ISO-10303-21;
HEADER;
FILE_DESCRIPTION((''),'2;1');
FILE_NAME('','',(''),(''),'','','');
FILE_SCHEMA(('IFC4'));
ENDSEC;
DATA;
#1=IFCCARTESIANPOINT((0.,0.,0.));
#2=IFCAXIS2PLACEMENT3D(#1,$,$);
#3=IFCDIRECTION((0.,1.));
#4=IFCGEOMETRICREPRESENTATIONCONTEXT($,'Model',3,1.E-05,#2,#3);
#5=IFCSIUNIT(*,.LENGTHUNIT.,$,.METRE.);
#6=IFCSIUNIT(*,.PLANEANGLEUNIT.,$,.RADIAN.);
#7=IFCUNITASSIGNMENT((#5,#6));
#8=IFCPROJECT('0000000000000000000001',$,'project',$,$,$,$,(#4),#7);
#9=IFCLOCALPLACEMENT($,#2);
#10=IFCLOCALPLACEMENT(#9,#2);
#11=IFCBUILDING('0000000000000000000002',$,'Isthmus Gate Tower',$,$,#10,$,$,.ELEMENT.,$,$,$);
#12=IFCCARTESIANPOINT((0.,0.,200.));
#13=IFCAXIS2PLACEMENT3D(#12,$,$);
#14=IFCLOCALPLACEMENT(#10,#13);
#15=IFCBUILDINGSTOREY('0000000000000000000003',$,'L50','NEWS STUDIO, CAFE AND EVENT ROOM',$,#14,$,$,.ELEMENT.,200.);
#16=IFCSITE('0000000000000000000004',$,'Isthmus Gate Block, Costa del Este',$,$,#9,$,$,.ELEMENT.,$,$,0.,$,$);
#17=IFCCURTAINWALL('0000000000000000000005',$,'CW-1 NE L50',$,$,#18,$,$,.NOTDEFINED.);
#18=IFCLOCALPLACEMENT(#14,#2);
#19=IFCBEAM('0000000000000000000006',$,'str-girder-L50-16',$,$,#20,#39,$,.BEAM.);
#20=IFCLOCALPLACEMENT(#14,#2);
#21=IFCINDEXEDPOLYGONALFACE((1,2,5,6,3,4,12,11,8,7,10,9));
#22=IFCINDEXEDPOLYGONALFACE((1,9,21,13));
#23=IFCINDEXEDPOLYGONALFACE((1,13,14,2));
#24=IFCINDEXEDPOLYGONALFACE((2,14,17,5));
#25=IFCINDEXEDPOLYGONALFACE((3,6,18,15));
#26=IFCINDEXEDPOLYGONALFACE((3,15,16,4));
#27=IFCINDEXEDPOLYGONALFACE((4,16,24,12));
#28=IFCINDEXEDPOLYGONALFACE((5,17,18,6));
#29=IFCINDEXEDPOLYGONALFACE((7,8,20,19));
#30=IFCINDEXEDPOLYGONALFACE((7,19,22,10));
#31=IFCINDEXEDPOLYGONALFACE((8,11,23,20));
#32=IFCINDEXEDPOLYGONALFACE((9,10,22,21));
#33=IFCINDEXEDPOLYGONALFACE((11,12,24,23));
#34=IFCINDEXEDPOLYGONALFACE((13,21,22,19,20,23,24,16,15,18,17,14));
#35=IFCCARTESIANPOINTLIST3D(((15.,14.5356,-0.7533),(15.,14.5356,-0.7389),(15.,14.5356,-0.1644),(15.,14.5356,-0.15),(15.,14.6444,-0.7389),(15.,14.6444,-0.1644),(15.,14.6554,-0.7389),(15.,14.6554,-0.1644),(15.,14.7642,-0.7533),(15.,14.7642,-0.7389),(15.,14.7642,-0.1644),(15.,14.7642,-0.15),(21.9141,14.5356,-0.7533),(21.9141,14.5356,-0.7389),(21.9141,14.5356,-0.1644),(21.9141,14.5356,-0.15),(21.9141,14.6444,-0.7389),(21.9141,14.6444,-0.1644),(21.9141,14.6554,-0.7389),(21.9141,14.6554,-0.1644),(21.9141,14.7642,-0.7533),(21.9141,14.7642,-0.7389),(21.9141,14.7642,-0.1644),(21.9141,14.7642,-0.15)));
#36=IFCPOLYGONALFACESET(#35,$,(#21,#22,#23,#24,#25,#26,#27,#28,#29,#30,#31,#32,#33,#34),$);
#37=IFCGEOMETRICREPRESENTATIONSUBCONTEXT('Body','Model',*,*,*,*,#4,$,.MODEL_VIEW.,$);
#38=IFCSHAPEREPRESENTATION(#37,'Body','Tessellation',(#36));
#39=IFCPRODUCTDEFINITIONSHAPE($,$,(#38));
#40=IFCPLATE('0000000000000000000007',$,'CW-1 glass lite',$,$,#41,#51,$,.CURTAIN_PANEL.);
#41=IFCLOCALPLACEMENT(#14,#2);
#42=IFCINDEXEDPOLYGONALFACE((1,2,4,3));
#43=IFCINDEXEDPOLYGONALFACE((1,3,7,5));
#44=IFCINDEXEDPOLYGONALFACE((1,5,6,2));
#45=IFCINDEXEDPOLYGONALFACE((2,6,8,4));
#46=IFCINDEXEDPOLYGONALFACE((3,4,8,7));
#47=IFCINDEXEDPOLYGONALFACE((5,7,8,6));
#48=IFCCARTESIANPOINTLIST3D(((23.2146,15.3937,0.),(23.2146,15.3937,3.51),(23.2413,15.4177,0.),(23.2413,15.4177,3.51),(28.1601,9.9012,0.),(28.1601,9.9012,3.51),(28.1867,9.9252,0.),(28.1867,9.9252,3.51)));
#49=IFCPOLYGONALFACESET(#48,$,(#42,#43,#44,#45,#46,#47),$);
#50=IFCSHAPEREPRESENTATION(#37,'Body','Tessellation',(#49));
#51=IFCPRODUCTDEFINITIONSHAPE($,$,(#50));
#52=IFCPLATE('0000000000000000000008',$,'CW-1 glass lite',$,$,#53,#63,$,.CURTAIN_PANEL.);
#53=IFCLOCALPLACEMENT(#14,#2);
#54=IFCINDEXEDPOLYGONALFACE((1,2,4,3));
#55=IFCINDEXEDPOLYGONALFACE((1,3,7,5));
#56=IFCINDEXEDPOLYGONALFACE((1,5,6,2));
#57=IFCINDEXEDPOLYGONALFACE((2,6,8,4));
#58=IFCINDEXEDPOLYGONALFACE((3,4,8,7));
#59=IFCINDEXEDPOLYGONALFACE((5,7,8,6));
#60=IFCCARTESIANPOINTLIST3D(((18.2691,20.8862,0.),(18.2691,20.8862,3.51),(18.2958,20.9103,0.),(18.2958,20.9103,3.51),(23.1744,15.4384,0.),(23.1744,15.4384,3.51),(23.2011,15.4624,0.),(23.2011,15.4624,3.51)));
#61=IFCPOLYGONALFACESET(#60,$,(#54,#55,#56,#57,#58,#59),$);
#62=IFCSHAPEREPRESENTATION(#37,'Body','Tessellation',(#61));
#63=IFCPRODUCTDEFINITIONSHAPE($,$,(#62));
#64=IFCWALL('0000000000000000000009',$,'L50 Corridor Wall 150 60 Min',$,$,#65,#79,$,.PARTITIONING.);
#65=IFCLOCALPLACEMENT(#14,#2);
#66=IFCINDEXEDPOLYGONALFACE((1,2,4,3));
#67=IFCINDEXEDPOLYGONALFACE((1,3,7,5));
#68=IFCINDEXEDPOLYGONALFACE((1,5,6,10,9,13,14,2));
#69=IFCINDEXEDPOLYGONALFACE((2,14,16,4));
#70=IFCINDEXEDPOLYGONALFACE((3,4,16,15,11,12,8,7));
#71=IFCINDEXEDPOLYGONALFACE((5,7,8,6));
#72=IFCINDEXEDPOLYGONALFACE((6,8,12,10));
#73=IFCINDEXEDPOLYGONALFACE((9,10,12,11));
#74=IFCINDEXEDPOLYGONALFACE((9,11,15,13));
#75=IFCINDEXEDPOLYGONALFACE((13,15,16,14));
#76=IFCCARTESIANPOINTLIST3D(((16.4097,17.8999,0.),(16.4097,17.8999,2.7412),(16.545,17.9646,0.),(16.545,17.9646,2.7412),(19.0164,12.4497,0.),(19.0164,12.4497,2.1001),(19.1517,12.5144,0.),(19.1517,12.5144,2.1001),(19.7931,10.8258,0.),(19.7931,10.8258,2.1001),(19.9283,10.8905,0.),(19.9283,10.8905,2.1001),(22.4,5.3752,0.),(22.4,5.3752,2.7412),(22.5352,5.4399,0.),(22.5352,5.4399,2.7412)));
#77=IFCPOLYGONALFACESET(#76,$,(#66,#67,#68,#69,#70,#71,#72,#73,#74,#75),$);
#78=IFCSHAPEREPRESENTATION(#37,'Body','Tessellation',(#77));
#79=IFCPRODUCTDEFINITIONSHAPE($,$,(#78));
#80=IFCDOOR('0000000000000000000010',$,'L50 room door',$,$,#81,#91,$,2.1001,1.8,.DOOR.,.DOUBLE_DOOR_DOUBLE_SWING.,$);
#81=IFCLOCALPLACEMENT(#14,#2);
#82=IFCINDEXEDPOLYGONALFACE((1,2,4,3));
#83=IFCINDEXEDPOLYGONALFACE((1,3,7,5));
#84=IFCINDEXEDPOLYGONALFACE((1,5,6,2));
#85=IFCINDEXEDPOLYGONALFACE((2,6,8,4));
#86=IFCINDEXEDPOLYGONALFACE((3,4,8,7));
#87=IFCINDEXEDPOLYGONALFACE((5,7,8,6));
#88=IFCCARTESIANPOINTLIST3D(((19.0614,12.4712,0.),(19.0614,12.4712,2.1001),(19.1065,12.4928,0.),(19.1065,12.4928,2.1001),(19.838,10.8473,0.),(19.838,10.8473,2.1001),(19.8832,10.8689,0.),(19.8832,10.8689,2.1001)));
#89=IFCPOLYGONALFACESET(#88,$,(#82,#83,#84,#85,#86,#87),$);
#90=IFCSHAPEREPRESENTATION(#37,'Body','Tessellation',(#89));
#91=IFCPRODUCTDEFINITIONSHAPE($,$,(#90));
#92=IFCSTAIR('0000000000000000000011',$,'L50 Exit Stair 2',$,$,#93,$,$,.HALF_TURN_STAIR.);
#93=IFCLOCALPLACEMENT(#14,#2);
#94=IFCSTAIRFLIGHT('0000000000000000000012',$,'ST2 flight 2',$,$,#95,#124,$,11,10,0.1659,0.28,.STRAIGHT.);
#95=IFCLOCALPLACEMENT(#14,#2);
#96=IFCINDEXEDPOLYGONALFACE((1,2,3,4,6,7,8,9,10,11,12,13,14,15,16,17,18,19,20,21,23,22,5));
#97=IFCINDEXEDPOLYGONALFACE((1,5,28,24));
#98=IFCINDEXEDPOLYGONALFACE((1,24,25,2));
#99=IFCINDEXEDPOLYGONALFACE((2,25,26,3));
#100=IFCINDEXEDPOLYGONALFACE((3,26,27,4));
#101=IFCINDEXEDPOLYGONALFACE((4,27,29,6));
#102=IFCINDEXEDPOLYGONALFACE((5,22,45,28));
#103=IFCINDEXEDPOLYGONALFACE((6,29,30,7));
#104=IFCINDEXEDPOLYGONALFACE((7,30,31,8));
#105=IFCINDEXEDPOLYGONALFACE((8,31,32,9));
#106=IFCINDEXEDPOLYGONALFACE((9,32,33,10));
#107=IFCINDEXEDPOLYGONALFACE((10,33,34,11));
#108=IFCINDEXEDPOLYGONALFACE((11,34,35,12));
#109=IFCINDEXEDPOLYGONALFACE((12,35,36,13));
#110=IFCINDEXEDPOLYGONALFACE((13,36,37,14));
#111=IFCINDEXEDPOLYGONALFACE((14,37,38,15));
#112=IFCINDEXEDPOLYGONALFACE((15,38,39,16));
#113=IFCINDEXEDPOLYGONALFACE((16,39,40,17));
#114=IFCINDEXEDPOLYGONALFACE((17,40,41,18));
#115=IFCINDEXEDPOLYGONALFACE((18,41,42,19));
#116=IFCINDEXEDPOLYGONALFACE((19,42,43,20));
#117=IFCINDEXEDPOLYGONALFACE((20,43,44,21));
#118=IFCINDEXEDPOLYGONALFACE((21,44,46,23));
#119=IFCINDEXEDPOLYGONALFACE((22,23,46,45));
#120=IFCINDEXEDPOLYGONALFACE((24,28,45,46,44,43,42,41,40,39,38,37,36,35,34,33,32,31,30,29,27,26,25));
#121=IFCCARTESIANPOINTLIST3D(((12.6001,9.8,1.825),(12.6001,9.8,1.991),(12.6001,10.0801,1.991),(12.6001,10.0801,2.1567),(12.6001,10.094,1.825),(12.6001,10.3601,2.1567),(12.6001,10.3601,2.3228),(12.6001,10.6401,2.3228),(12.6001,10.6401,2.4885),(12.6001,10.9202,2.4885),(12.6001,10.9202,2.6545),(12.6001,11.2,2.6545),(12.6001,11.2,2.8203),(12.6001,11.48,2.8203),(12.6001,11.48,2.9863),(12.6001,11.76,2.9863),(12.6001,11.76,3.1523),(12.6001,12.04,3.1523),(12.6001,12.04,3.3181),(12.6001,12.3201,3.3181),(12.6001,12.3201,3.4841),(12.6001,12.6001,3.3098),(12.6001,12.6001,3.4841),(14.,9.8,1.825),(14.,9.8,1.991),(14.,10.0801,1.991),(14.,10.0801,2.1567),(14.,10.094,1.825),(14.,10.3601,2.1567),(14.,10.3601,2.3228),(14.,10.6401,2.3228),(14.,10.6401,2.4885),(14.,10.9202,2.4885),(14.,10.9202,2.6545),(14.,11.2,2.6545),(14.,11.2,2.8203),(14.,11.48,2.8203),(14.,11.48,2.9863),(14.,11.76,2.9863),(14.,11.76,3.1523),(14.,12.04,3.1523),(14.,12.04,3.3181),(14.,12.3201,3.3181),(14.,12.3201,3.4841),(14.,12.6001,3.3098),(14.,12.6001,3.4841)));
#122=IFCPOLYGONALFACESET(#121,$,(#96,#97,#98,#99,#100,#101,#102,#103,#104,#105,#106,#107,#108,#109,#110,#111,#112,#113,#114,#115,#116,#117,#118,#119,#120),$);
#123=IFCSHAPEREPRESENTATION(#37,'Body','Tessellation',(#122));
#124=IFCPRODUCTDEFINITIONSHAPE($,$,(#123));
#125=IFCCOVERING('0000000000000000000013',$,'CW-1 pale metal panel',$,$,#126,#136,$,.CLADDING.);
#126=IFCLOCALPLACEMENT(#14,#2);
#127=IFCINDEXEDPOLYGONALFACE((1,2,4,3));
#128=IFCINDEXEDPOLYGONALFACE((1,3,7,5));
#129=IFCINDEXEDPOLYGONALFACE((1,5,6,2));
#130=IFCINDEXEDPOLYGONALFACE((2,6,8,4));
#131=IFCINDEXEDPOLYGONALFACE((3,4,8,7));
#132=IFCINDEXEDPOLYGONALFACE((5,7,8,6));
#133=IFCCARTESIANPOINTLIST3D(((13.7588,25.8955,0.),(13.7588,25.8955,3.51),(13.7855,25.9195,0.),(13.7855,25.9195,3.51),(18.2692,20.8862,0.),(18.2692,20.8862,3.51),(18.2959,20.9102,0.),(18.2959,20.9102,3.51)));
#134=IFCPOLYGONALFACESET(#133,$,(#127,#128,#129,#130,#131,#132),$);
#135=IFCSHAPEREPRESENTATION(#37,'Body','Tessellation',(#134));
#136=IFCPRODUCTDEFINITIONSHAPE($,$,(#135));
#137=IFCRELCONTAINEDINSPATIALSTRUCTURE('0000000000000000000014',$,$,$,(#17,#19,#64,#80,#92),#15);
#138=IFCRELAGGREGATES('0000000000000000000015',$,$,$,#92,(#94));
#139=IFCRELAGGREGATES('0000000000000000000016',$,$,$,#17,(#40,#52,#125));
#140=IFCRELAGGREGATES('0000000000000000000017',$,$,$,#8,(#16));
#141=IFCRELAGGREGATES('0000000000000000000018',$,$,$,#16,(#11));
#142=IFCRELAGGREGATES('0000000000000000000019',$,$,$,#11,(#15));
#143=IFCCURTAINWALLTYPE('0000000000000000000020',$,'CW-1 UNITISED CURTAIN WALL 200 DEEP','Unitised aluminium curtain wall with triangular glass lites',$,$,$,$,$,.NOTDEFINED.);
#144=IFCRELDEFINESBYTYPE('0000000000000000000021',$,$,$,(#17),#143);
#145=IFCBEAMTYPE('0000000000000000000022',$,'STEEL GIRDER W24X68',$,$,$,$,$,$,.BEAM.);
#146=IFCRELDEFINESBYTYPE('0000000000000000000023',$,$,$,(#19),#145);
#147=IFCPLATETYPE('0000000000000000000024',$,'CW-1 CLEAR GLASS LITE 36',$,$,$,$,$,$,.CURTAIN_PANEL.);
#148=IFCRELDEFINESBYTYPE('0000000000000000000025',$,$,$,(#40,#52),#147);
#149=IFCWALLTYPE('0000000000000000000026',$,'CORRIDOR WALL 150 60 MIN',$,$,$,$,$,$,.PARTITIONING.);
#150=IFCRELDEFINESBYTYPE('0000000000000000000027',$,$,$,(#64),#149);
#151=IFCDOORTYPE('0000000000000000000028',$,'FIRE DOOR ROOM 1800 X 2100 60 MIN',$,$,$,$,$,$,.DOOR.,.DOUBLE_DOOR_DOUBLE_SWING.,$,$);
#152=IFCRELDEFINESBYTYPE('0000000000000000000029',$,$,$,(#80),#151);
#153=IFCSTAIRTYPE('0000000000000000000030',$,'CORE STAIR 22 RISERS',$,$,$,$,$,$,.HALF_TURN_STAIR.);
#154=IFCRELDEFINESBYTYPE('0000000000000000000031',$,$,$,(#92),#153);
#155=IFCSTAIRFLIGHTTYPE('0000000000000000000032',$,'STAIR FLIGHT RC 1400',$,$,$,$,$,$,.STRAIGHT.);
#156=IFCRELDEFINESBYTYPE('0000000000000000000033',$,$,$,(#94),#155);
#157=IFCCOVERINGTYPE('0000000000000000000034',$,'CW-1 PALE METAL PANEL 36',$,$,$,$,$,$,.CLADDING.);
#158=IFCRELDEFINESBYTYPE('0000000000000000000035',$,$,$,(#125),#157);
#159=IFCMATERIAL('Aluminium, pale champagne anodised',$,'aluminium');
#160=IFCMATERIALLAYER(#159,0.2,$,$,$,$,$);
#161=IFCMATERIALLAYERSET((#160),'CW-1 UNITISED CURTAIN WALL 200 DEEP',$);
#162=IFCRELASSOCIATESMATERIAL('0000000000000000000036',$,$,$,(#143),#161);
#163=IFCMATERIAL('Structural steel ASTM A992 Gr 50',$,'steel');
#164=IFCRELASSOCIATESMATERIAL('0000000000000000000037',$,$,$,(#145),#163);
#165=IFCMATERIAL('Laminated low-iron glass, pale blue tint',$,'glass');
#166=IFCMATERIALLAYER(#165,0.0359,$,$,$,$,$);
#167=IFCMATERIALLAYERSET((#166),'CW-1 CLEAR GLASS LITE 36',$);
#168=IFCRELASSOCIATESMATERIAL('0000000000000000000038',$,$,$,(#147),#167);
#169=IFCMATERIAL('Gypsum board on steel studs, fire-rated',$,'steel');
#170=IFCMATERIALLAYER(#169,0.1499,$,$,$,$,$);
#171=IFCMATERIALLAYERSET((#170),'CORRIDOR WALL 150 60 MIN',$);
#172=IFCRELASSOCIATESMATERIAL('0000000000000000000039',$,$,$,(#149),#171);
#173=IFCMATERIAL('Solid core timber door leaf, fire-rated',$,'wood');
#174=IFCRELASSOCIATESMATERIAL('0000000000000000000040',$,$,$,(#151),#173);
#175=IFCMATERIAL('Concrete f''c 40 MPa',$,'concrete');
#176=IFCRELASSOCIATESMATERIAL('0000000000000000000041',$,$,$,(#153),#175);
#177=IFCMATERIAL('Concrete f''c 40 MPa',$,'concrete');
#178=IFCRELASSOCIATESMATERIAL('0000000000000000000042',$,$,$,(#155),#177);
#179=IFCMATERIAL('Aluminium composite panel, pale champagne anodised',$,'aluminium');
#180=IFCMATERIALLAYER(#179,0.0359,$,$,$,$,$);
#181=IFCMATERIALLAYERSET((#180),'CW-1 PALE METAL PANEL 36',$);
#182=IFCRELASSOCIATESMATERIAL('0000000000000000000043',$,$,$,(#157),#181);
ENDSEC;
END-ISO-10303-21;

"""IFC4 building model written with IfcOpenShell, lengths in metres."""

from ifc_helpers import new_model, si_unit, direction, frame, frame_2d, origin, origin_2d, place, context, subcontext, project, spatial, polyline, rectangle, i_section, outline, extrude, material, layer, layer_set, material_profile, profile_set, type_object, element, fill, aggregate, save


model = new_model("IFC4")

# Units and contexts
model_context = context("Model", 3, precision=1e-05, world=origin(), true_north=direction((0.0, 1.0)))
body_context = subcontext(model_context, "Body", "Model", "MODEL_VIEW")
ifc_project = project(units=[si_unit("LENGTHUNIT", "METRE"), si_unit("PLANEANGLEUNIT", "RADIAN")], contexts=[model_context])

# Site, building, storey
site_placement = place(None, origin())
site = spatial("IfcSite", under=ifc_project, at=site_placement, Name="Isthmus Gate Block, Costa del Este", CompositionType="ELEMENT", RefElevation=0.0)
building_placement = place(site_placement, origin())
building = spatial("IfcBuilding", under=site, at=building_placement, Name="Isthmus Gate Tower", CompositionType="ELEMENT")
storey_placement = place(building_placement, frame((0.0, 0.0, 200.0)))
storey = spatial("IfcBuildingStorey", under=building, at=storey_placement, Name="L50", Description="NEWS STUDIO, CAFE AND EVENT ROOM", CompositionType="ELEMENT", Elevation=200.0)

# Curtain wall
ifc_material_1 = material(Name="Aluminium, pale champagne anodised", Category="aluminium")
ifc_layer_1 = layer(ifc_material_1, 0.2)
ifc_layer_set_1 = layer_set([ifc_layer_1], Name="CW-1 UNITISED CURTAIN WALL 200 DEEP")
curtain_wall_type = type_object("IfcCurtainWallType", Name="CW-1 UNITISED CURTAIN WALL 200 DEEP", Description="Unitised aluminium curtain wall with triangular glass lites", PredefinedType="NOTDEFINED", material=ifc_layer_set_1)
curtain_wall_placement = place(storey_placement, origin())
curtain_wall = element("IfcCurtainWall", 1, at=curtain_wall_placement, inside=storey, type_object=curtain_wall_type, Name="CW-1 NE L50", PredefinedType="NOTDEFINED")

# Beam
ifc_material_2 = material(Name="Structural steel ASTM A992 Gr 50", Category="steel")
ifc_material_profile_1 = material_profile(ifc_material_2, i_section(OverallWidth=0.2285, OverallDepth=0.6033, WebThickness=0.011, FlangeThickness=0.0144, at=origin_2d()), Name="W24X68")
ifc_profile_set_1 = profile_set([ifc_material_profile_1], Name="Structural steel ASTM A992 Gr 50")
beam_type_1 = type_object("IfcBeamType", Name="STEEL GIRDER W24X68", PredefinedType="BEAM", material=ifc_profile_set_1)
beam_1_placement = place(storey_placement, frame((15.0, 14.6499, -0.4517), z_axis=(1.0, 0.0, 0.0), x_axis=(0.0, 1.0, 0.0)))
element("IfcBeam", 2, at=beam_1_placement, inside=storey, type_object=beam_type_1, Name="str-girder-L50-16", PredefinedType="BEAM", context=body_context, shape_type="SweptSolid", body=[
    extrude(i_section(OverallWidth=0.2285, OverallDepth=0.6033, WebThickness=0.011, FlangeThickness=0.0144, at=origin_2d()), origin(), (0.0, 0.0, 1.0), 6.9141),
])

# Plates
ifc_material_3 = material(Name="Laminated low-iron glass, pale blue tint", Category="glass")
ifc_layer_2 = layer(ifc_material_3, 0.0359)
ifc_layer_set_2 = layer_set([ifc_layer_2], Name="CW-1 CLEAR GLASS LITE 36")
plate_type = type_object("IfcPlateType", Name="CW-1 CLEAR GLASS LITE 36", PredefinedType="CURTAIN_PANEL", material=ifc_layer_set_2)
plate_1_placement = place(storey_placement, frame((25.7007, 12.6594, 0.0), z_axis=(0.0, 0.0, 1.0), x_axis=(-0.669131, 0.743145, 0.0)))
plate_1 = element("IfcPlate", 3, at=plate_1_placement, type_object=plate_type, Name="CW-1 glass lite", PredefinedType="CURTAIN_PANEL", context=body_context, shape_type="SweptSolid", body=[
    extrude(rectangle(XDim=7.3909, YDim=0.0359, at=origin_2d()), origin(), (0.0, 0.0, 1.0), 3.51),
])
plate_2_placement = place(storey_placement, frame((20.7351, 18.1743, 0.0), z_axis=(0.0, 0.0, 1.0), x_axis=(-0.669131, 0.743145, 0.0)))
plate_2 = element("IfcPlate", 4, at=plate_2_placement, type_object=plate_type, Name="CW-1 glass lite", PredefinedType="CURTAIN_PANEL", context=body_context, shape_type="SweptSolid", body=[
    extrude(rectangle(XDim=7.3308, YDim=0.0359, at=origin_2d()), origin(), (0.0, 0.0, 1.0), 3.51),
])

# Wall, opening, door
ifc_material_4 = material(Name="Gypsum board on steel studs, fire-rated", Category="steel")
ifc_layer_3 = layer(ifc_material_4, 0.1499)
ifc_layer_set_3 = layer_set([ifc_layer_3], Name="CORRIDOR WALL 150 60 MIN")
wall_type = type_object("IfcWallType", Name="CORRIDOR WALL 150 60 MIN", PredefinedType="PARTITIONING", material=ifc_layer_set_3)
wall_placement = place(storey_placement, frame((16.4773, 17.9324, 0.0), z_axis=(0.0, 0.0, 1.0), x_axis=(0.431466, -0.902129, 0.0)))
wall = element("IfcWall", 5, at=wall_placement, inside=storey, type_object=wall_type, Name="L50 Corridor Wall 150 60 Min", PredefinedType="PARTITIONING", context=body_context, shape_type="SweptSolid", body=[
    extrude(rectangle(XDim=13.8835, YDim=0.1499, at=frame_2d((6.9419, 0.0))), origin(), (0.0, 0.0, 1.0), 2.7412),
])
opening_placement = place(wall_placement, frame((6.0417, 0.0, 0.0)))
opening = element("IfcOpeningElement", 6, at=opening_placement, cuts=wall, PredefinedType="OPENING", context=body_context, shape_type="SweptSolid", body=[
    extrude(rectangle(XDim=1.8, YDim=2.1001, at=frame_2d((0.8999, 1.05))), frame((0.0, 0.085, 0.0), z_axis=(0.0, -1.0, 0.0), x_axis=(1.0, 0.0, 0.0)), (0.0, 0.0, 1.0), 0.1699),
])
ifc_material_5 = material(Name="Solid core timber door leaf, fire-rated", Category="wood")
door_type = type_object("IfcDoorType", Name="FIRE DOOR ROOM 1800 X 2100 60 MIN", OperationType="DOUBLE_DOOR_DOUBLE_SWING", PredefinedType="DOOR", material=ifc_material_5)
door_placement = place(opening_placement, origin())
door = element("IfcDoor", 7, at=door_placement, inside=storey, type_object=door_type, Name="L50 room door", OperationType="DOUBLE_DOOR_DOUBLE_SWING", OverallHeight=2.1001, OverallWidth=1.8, PredefinedType="DOOR", context=body_context, shape_type="SweptSolid", body=[
    extrude(rectangle(XDim=1.8, YDim=2.1001, at=frame_2d((0.8999, 1.05))), frame((0.0, 0.0249, 0.0), z_axis=(0.0, -1.0, 0.0), x_axis=(1.0, 0.0, 0.0)), (0.0, 0.0, 1.0), 0.05),
])
fill(opening, door)

# Stair, stair flight
ifc_material_6 = material(Name="Concrete f'c 40 MPa", Category="concrete")
stair_type = type_object("IfcStairType", Name="CORE STAIR 22 RISERS", PredefinedType="HALF_TURN_STAIR", material=ifc_material_6)
stair_placement = place(storey_placement, origin())
stair = element("IfcStair", 8, at=stair_placement, inside=storey, type_object=stair_type, Name="L50 Exit Stair 2", PredefinedType="HALF_TURN_STAIR")
ifc_material_7 = material(Name="Concrete f'c 40 MPa", Category="concrete")
stair_flight_type = type_object("IfcStairFlightType", Name="STAIR FLIGHT RC 1400", PredefinedType="STRAIGHT", material=ifc_material_7)
stair_flight_placement = place(storey_placement, frame((13.3, 9.8, 1.825), z_axis=(0.0, 0.0, 1.0), x_axis=(0.0, 1.0, 0.0)))
stair_flight = element("IfcStairFlight", 9, at=stair_flight_placement, type_object=stair_flight_type, Name="ST2 flight 2", NumberOfRisers=11, NumberOfTreads=10, PredefinedType="STRAIGHT", RiserHeight=0.1659, TreadLength=0.28, context=body_context, shape_type="SweptSolid", body=[
    extrude(outline(polyline([(0.0, 0.0), (0.0, 0.166), (0.28, 0.166), (0.28, 0.3318), (0.5601, 0.3318), (0.5601, 0.4978), (0.8401, 0.4978), (0.8401, 0.6636), (1.1201, 0.6636), (1.1201, 0.8296), (1.3999, 0.8296), (1.3999, 0.9954), (1.6799, 0.9954), (1.6799, 1.1614), (1.96, 1.1614), (1.96, 1.3274), (2.24, 1.3274), (2.24, 1.4932), (2.52, 1.4932), (2.52, 1.6592), (2.8, 1.6592), (2.8, 1.825), (2.8, 1.4849), (0.2939, 0.0), (0.0, 0.0)])), frame((0.0, 0.7, 0.0), z_axis=(0.0, -1.0, 0.0), x_axis=(1.0, 0.0, 0.0)), (0.0, 0.0, 1.0), 1.3999),
])
aggregate(stair, [stair_flight])

# Covering
ifc_material_8 = material(Name="Aluminium composite panel, pale champagne anodised", Category="aluminium")
ifc_layer_4 = layer(ifc_material_8, 0.0359)
ifc_layer_set_4 = layer_set([ifc_layer_4], Name="CW-1 PALE METAL PANEL 36")
covering_type = type_object("IfcCoveringType", Name="CW-1 PALE METAL PANEL 36", PredefinedType="CLADDING", material=ifc_layer_set_4)
covering_placement = place(storey_placement, frame((16.0273, 23.4028, 0.0), z_axis=(0.0, 0.0, 1.0), x_axis=(-0.669131, 0.743145, 0.0)))
covering = element("IfcCovering", 10, at=covering_placement, type_object=covering_type, Name="CW-1 pale metal panel", PredefinedType="CLADDING", context=body_context, shape_type="SweptSolid", body=[
    extrude(rectangle(XDim=6.7407, YDim=0.0359, at=origin_2d()), origin(), (0.0, 0.0, 1.0), 3.51),
])
aggregate(curtain_wall, [plate_1, plate_2, covering])

save(model, "model.ifc")
